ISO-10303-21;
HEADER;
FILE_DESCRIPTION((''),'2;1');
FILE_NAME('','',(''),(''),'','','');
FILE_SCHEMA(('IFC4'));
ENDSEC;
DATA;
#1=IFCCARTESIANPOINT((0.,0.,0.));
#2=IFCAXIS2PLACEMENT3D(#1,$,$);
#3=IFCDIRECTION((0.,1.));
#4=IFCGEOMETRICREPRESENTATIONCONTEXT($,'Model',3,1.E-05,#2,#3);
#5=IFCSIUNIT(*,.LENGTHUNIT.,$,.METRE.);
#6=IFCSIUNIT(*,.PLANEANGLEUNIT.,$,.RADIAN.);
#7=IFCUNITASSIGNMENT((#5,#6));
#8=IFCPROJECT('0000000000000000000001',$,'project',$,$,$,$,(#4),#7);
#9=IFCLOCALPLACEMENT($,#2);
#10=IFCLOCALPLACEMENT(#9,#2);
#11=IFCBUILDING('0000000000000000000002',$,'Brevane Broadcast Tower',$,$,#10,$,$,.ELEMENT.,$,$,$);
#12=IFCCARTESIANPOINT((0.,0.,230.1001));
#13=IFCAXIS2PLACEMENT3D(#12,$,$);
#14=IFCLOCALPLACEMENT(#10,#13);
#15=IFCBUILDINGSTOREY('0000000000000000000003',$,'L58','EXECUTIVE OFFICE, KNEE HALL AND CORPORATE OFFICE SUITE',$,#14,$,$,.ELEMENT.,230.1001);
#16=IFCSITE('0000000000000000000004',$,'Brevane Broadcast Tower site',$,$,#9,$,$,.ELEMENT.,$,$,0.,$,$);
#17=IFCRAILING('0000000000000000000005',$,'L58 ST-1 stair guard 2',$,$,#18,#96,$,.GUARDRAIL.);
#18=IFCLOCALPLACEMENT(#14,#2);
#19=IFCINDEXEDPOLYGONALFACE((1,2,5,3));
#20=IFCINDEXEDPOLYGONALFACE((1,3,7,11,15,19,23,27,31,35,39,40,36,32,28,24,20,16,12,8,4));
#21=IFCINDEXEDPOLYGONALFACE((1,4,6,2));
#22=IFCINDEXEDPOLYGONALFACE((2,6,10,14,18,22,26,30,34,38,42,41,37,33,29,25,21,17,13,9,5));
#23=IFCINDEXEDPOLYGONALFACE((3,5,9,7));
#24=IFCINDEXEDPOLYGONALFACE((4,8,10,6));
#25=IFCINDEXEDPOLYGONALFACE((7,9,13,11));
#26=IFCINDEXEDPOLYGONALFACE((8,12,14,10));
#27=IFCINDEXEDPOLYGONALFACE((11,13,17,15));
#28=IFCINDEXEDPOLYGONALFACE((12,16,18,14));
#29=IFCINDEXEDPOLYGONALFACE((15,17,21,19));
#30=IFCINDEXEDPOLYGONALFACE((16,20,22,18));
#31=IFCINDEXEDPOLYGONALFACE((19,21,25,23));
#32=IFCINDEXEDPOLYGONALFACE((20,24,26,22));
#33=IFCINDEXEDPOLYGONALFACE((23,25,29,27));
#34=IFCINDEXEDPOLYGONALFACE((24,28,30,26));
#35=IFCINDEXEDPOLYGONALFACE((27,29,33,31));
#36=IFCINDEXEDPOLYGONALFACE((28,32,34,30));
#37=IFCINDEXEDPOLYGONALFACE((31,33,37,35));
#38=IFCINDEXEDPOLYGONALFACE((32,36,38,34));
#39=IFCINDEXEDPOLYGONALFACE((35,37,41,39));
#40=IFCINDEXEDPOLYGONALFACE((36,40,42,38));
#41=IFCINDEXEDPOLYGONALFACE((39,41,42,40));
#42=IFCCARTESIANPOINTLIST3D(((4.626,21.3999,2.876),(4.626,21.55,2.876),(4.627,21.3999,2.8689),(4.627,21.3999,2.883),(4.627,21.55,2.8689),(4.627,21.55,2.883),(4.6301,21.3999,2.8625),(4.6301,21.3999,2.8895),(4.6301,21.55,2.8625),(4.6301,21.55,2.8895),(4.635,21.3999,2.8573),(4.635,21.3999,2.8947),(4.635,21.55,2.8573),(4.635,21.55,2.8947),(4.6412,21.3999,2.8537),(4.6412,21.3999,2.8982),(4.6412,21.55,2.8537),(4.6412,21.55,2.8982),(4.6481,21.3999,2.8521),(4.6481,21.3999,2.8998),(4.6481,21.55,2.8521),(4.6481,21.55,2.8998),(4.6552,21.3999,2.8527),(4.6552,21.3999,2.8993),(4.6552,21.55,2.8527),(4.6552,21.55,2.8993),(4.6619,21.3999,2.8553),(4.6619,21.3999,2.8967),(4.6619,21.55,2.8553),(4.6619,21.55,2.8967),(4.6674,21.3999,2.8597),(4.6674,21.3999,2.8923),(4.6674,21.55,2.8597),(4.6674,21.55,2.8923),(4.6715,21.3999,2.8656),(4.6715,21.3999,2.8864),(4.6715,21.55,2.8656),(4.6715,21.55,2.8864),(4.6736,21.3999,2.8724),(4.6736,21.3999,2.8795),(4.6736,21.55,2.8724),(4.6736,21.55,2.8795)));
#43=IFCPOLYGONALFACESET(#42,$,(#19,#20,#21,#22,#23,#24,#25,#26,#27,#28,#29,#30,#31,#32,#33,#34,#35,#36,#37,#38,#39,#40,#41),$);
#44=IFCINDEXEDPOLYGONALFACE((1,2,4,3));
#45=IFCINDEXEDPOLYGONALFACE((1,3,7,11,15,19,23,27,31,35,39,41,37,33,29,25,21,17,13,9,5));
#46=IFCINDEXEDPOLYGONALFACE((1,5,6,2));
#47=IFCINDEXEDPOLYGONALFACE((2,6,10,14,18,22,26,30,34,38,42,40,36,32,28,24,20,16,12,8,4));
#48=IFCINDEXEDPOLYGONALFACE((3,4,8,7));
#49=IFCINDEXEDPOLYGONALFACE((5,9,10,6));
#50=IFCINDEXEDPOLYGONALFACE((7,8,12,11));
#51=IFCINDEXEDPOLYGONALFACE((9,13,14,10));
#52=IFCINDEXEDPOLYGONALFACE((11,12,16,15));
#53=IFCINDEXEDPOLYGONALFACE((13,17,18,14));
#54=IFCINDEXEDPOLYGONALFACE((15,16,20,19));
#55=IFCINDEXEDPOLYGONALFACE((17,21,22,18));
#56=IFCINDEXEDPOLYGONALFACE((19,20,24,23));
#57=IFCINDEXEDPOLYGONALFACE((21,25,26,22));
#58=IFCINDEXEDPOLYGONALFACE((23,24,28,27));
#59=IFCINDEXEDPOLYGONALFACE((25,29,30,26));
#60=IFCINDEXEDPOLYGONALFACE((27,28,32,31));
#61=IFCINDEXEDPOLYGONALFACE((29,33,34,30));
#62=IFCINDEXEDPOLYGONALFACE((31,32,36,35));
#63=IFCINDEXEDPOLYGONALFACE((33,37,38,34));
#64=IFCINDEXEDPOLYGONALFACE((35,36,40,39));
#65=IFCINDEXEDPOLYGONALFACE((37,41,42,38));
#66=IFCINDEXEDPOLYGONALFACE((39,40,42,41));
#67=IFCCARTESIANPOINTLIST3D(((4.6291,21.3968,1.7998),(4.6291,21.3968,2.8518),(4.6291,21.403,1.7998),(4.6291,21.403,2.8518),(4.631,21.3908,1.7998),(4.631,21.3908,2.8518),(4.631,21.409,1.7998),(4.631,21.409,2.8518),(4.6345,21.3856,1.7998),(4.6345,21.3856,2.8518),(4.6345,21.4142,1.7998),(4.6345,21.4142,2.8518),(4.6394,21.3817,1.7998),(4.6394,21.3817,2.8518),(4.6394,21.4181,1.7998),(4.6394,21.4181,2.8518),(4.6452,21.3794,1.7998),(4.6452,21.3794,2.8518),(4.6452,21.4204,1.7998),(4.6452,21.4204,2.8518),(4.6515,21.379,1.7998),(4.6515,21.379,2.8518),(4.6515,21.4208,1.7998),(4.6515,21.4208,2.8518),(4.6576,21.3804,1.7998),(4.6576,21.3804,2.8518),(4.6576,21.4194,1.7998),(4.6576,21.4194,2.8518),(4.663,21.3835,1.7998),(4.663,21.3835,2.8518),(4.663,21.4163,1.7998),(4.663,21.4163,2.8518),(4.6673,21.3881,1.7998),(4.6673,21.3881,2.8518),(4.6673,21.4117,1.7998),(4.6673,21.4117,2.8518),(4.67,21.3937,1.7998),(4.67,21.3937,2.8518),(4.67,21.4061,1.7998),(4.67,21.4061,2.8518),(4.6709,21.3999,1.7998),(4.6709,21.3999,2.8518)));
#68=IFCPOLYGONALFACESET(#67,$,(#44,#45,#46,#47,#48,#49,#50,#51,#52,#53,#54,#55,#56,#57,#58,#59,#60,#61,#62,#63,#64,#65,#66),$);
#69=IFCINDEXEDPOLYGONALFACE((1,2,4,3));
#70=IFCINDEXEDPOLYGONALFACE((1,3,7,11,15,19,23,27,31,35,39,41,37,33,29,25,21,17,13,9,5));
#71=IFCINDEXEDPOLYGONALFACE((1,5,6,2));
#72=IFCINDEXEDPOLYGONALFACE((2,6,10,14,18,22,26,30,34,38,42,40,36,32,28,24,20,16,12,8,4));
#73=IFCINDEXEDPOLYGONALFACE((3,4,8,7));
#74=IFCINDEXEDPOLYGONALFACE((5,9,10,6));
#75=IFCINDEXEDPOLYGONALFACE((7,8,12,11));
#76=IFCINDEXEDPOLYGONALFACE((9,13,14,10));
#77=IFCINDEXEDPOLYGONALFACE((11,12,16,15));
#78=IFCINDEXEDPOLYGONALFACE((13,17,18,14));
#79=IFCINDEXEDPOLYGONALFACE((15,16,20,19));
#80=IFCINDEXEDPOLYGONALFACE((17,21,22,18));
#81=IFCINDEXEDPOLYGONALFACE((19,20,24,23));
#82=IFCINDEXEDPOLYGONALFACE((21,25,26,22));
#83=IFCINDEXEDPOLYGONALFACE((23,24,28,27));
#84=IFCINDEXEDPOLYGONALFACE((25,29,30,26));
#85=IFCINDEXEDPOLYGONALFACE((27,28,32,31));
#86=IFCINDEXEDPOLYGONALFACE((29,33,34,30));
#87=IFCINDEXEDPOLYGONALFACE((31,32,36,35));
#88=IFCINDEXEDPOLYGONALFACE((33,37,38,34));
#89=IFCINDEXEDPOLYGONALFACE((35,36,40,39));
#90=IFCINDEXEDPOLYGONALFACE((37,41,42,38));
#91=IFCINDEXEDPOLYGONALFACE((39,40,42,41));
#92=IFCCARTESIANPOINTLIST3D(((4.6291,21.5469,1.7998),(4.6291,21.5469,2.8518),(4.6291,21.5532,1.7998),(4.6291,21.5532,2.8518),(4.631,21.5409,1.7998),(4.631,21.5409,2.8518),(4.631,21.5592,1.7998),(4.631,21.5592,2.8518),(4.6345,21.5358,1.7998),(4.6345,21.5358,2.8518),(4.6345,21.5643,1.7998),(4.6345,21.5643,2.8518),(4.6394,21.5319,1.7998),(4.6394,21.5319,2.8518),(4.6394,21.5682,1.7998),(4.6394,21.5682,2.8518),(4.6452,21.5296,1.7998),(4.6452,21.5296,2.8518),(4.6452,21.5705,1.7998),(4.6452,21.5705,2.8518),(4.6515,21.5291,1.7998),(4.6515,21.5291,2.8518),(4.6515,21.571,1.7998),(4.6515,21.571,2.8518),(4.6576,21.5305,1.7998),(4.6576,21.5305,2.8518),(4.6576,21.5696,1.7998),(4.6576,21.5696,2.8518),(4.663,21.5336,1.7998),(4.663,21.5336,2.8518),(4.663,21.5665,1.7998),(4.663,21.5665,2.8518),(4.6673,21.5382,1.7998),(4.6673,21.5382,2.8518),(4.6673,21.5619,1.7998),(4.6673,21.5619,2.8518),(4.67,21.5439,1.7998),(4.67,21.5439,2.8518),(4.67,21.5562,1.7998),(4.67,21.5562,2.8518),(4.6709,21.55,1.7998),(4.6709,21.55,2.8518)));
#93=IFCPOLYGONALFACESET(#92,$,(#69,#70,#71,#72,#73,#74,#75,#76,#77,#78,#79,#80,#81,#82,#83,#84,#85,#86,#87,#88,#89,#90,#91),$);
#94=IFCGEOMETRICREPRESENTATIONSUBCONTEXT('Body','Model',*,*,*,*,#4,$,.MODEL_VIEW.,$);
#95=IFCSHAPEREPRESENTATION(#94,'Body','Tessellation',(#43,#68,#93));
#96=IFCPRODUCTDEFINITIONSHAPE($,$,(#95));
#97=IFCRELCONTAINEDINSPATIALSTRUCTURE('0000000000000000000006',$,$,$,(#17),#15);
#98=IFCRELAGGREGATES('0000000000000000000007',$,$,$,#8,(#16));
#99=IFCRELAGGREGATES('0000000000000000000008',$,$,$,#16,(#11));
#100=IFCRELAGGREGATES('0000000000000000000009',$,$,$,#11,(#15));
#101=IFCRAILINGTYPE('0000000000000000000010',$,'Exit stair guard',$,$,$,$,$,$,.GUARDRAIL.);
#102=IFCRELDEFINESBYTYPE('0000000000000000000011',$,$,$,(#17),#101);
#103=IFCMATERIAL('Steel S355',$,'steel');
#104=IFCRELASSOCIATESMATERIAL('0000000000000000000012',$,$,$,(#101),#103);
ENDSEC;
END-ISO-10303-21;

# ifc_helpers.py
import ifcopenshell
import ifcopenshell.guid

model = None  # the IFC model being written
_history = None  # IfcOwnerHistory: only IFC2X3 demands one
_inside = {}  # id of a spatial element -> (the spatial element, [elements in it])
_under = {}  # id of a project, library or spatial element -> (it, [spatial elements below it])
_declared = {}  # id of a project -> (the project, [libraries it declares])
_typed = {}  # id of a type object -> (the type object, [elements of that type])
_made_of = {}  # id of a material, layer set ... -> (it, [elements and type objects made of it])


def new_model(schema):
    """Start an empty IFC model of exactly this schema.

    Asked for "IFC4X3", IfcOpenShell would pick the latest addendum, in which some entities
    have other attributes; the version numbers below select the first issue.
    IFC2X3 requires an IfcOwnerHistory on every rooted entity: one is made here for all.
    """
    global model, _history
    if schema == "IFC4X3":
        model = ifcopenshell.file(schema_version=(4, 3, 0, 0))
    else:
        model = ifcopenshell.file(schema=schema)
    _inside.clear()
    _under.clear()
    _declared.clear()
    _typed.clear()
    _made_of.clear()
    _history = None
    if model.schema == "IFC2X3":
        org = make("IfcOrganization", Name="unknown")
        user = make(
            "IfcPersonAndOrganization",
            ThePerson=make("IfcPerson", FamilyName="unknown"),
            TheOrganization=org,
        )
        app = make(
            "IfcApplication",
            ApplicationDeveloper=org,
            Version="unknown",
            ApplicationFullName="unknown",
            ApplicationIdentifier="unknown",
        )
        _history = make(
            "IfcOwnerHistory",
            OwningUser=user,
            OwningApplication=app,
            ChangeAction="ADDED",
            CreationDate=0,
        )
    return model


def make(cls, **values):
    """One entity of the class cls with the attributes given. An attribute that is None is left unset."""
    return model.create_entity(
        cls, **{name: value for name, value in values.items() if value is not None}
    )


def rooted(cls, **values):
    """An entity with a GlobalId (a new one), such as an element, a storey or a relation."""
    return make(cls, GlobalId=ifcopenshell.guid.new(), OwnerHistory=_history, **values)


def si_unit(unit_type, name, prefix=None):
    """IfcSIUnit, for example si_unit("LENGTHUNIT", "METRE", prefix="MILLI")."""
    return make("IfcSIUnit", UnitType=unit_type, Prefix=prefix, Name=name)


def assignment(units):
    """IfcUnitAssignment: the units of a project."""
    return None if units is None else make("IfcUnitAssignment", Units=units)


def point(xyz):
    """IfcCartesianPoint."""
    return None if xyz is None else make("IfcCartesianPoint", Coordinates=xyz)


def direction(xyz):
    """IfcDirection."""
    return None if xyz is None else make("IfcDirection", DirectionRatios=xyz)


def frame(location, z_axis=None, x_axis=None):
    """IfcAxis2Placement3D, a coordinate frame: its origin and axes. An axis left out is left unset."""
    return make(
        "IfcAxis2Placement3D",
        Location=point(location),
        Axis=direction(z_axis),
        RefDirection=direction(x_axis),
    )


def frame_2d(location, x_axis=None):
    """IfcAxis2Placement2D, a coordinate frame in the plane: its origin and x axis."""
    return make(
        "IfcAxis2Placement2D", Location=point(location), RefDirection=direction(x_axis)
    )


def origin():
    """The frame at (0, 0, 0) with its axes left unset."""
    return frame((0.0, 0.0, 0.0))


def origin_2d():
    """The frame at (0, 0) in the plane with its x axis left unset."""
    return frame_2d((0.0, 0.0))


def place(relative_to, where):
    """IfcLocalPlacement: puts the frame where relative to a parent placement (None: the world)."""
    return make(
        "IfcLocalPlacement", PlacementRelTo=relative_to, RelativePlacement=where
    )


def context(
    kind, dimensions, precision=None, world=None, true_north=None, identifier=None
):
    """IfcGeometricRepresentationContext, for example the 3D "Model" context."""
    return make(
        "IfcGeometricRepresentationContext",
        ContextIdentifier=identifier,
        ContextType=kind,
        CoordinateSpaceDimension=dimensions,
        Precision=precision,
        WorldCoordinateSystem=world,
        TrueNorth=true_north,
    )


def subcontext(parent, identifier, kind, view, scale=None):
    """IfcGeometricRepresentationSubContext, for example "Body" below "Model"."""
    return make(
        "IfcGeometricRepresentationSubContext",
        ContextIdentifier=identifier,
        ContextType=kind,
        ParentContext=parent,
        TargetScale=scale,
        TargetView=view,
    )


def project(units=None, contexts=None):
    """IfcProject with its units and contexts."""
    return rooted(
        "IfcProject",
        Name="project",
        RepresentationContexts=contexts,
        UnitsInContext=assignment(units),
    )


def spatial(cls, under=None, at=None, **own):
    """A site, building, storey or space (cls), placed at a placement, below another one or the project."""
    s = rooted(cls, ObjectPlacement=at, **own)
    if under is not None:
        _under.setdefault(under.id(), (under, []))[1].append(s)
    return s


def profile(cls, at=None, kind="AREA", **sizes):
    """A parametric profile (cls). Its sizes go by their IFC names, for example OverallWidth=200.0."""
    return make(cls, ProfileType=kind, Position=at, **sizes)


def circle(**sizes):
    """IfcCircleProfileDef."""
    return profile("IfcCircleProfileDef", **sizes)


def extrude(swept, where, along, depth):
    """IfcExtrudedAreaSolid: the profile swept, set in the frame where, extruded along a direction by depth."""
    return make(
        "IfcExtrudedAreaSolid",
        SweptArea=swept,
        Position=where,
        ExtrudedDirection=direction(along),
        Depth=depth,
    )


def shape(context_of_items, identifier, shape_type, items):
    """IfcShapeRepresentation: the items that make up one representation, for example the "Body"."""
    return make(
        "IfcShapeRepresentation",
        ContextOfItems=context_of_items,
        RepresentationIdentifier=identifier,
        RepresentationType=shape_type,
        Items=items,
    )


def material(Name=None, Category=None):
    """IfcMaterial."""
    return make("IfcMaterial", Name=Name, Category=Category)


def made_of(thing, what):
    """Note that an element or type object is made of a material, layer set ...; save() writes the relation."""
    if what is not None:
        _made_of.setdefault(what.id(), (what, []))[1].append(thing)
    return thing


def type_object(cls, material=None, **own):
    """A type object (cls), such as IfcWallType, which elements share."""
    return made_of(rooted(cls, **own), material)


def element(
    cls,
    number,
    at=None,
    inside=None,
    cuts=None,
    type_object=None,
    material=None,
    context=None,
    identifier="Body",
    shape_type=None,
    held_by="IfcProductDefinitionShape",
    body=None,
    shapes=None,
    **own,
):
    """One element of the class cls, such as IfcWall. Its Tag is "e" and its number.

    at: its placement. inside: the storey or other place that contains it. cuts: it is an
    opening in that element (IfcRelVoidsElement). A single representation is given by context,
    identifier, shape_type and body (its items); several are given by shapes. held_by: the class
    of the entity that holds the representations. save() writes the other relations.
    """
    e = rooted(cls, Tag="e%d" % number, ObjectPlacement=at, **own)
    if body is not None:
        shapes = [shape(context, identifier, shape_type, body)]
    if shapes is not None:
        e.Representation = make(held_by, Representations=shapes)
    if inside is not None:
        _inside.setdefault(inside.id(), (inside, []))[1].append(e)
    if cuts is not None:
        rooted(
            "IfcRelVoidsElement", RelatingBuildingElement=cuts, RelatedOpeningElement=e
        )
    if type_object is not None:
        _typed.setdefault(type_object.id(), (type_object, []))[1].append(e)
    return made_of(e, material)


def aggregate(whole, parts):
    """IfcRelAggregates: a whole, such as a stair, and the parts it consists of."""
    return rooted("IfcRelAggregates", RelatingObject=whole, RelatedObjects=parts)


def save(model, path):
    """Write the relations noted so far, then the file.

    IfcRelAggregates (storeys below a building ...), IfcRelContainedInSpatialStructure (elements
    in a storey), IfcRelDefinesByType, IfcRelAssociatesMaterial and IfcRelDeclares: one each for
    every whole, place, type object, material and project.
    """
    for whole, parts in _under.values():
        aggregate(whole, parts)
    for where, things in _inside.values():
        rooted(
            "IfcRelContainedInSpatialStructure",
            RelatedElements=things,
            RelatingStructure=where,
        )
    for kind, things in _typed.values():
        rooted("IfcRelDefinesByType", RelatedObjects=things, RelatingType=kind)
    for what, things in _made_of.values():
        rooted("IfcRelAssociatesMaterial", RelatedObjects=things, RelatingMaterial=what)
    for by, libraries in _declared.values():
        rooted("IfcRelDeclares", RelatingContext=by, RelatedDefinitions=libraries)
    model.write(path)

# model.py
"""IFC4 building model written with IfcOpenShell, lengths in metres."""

from ifc_helpers import new_model, si_unit, direction, frame, origin, origin_2d, place, context, subcontext, project, spatial, circle, extrude, material, type_object, element, save


model = new_model("IFC4")

# Units and contexts
model_context = context("Model", 3, precision=1e-05, world=origin(), true_north=direction((0.0, 1.0)))
body_context = subcontext(model_context, "Body", "Model", "MODEL_VIEW")
ifc_project = project(units=[si_unit("LENGTHUNIT", "METRE"), si_unit("PLANEANGLEUNIT", "RADIAN")], contexts=[model_context])

# Site, building, storey
site_placement = place(None, origin())
site = spatial("IfcSite", under=ifc_project, at=site_placement, Name="Brevane Broadcast Tower site", CompositionType="ELEMENT", RefElevation=0.0)
building_placement = place(site_placement, origin())
building = spatial("IfcBuilding", under=site, at=building_placement, Name="Brevane Broadcast Tower", CompositionType="ELEMENT")
storey_placement = place(building_placement, frame((0.0, 0.0, 230.1001)))
storey = spatial("IfcBuildingStorey", under=building, at=storey_placement, Name="L58", Description="EXECUTIVE OFFICE, KNEE HALL AND CORPORATE OFFICE SUITE", CompositionType="ELEMENT", Elevation=230.1001)

# Railing
ifc_material_1 = material(Name="Steel S355", Category="steel")
railing_type_1 = type_object("IfcRailingType", Name="Exit stair guard", PredefinedType="GUARDRAIL", material=ifc_material_1)
railing_1_placement = place(storey_placement, frame((4.6499, 21.3999, 1.7998)))
element("IfcRailing", 1, at=railing_1_placement, inside=storey, type_object=railing_type_1, Name="L58 ST-1 stair guard 2", PredefinedType="GUARDRAIL", context=body_context, shape_type="SweptSolid", body=[
    extrude(circle(Radius=0.0239, at=origin_2d()), frame((0.0, 0.0, 1.0762), z_axis=(0.0, 1.0, 0.0), x_axis=(-1.0, 0.0, 0.0)), (0.0, 0.0, 1.0), 0.1501),
    extrude(circle(Radius=0.021, at=origin_2d()), origin(), (0.0, 0.0, 1.0), 1.052),
    extrude(circle(Radius=0.021, at=origin_2d()), frame((0.0, 0.1501, 0.0)), (0.0, 0.0, 1.0), 1.052),
])

save(model, "model.ifc")
